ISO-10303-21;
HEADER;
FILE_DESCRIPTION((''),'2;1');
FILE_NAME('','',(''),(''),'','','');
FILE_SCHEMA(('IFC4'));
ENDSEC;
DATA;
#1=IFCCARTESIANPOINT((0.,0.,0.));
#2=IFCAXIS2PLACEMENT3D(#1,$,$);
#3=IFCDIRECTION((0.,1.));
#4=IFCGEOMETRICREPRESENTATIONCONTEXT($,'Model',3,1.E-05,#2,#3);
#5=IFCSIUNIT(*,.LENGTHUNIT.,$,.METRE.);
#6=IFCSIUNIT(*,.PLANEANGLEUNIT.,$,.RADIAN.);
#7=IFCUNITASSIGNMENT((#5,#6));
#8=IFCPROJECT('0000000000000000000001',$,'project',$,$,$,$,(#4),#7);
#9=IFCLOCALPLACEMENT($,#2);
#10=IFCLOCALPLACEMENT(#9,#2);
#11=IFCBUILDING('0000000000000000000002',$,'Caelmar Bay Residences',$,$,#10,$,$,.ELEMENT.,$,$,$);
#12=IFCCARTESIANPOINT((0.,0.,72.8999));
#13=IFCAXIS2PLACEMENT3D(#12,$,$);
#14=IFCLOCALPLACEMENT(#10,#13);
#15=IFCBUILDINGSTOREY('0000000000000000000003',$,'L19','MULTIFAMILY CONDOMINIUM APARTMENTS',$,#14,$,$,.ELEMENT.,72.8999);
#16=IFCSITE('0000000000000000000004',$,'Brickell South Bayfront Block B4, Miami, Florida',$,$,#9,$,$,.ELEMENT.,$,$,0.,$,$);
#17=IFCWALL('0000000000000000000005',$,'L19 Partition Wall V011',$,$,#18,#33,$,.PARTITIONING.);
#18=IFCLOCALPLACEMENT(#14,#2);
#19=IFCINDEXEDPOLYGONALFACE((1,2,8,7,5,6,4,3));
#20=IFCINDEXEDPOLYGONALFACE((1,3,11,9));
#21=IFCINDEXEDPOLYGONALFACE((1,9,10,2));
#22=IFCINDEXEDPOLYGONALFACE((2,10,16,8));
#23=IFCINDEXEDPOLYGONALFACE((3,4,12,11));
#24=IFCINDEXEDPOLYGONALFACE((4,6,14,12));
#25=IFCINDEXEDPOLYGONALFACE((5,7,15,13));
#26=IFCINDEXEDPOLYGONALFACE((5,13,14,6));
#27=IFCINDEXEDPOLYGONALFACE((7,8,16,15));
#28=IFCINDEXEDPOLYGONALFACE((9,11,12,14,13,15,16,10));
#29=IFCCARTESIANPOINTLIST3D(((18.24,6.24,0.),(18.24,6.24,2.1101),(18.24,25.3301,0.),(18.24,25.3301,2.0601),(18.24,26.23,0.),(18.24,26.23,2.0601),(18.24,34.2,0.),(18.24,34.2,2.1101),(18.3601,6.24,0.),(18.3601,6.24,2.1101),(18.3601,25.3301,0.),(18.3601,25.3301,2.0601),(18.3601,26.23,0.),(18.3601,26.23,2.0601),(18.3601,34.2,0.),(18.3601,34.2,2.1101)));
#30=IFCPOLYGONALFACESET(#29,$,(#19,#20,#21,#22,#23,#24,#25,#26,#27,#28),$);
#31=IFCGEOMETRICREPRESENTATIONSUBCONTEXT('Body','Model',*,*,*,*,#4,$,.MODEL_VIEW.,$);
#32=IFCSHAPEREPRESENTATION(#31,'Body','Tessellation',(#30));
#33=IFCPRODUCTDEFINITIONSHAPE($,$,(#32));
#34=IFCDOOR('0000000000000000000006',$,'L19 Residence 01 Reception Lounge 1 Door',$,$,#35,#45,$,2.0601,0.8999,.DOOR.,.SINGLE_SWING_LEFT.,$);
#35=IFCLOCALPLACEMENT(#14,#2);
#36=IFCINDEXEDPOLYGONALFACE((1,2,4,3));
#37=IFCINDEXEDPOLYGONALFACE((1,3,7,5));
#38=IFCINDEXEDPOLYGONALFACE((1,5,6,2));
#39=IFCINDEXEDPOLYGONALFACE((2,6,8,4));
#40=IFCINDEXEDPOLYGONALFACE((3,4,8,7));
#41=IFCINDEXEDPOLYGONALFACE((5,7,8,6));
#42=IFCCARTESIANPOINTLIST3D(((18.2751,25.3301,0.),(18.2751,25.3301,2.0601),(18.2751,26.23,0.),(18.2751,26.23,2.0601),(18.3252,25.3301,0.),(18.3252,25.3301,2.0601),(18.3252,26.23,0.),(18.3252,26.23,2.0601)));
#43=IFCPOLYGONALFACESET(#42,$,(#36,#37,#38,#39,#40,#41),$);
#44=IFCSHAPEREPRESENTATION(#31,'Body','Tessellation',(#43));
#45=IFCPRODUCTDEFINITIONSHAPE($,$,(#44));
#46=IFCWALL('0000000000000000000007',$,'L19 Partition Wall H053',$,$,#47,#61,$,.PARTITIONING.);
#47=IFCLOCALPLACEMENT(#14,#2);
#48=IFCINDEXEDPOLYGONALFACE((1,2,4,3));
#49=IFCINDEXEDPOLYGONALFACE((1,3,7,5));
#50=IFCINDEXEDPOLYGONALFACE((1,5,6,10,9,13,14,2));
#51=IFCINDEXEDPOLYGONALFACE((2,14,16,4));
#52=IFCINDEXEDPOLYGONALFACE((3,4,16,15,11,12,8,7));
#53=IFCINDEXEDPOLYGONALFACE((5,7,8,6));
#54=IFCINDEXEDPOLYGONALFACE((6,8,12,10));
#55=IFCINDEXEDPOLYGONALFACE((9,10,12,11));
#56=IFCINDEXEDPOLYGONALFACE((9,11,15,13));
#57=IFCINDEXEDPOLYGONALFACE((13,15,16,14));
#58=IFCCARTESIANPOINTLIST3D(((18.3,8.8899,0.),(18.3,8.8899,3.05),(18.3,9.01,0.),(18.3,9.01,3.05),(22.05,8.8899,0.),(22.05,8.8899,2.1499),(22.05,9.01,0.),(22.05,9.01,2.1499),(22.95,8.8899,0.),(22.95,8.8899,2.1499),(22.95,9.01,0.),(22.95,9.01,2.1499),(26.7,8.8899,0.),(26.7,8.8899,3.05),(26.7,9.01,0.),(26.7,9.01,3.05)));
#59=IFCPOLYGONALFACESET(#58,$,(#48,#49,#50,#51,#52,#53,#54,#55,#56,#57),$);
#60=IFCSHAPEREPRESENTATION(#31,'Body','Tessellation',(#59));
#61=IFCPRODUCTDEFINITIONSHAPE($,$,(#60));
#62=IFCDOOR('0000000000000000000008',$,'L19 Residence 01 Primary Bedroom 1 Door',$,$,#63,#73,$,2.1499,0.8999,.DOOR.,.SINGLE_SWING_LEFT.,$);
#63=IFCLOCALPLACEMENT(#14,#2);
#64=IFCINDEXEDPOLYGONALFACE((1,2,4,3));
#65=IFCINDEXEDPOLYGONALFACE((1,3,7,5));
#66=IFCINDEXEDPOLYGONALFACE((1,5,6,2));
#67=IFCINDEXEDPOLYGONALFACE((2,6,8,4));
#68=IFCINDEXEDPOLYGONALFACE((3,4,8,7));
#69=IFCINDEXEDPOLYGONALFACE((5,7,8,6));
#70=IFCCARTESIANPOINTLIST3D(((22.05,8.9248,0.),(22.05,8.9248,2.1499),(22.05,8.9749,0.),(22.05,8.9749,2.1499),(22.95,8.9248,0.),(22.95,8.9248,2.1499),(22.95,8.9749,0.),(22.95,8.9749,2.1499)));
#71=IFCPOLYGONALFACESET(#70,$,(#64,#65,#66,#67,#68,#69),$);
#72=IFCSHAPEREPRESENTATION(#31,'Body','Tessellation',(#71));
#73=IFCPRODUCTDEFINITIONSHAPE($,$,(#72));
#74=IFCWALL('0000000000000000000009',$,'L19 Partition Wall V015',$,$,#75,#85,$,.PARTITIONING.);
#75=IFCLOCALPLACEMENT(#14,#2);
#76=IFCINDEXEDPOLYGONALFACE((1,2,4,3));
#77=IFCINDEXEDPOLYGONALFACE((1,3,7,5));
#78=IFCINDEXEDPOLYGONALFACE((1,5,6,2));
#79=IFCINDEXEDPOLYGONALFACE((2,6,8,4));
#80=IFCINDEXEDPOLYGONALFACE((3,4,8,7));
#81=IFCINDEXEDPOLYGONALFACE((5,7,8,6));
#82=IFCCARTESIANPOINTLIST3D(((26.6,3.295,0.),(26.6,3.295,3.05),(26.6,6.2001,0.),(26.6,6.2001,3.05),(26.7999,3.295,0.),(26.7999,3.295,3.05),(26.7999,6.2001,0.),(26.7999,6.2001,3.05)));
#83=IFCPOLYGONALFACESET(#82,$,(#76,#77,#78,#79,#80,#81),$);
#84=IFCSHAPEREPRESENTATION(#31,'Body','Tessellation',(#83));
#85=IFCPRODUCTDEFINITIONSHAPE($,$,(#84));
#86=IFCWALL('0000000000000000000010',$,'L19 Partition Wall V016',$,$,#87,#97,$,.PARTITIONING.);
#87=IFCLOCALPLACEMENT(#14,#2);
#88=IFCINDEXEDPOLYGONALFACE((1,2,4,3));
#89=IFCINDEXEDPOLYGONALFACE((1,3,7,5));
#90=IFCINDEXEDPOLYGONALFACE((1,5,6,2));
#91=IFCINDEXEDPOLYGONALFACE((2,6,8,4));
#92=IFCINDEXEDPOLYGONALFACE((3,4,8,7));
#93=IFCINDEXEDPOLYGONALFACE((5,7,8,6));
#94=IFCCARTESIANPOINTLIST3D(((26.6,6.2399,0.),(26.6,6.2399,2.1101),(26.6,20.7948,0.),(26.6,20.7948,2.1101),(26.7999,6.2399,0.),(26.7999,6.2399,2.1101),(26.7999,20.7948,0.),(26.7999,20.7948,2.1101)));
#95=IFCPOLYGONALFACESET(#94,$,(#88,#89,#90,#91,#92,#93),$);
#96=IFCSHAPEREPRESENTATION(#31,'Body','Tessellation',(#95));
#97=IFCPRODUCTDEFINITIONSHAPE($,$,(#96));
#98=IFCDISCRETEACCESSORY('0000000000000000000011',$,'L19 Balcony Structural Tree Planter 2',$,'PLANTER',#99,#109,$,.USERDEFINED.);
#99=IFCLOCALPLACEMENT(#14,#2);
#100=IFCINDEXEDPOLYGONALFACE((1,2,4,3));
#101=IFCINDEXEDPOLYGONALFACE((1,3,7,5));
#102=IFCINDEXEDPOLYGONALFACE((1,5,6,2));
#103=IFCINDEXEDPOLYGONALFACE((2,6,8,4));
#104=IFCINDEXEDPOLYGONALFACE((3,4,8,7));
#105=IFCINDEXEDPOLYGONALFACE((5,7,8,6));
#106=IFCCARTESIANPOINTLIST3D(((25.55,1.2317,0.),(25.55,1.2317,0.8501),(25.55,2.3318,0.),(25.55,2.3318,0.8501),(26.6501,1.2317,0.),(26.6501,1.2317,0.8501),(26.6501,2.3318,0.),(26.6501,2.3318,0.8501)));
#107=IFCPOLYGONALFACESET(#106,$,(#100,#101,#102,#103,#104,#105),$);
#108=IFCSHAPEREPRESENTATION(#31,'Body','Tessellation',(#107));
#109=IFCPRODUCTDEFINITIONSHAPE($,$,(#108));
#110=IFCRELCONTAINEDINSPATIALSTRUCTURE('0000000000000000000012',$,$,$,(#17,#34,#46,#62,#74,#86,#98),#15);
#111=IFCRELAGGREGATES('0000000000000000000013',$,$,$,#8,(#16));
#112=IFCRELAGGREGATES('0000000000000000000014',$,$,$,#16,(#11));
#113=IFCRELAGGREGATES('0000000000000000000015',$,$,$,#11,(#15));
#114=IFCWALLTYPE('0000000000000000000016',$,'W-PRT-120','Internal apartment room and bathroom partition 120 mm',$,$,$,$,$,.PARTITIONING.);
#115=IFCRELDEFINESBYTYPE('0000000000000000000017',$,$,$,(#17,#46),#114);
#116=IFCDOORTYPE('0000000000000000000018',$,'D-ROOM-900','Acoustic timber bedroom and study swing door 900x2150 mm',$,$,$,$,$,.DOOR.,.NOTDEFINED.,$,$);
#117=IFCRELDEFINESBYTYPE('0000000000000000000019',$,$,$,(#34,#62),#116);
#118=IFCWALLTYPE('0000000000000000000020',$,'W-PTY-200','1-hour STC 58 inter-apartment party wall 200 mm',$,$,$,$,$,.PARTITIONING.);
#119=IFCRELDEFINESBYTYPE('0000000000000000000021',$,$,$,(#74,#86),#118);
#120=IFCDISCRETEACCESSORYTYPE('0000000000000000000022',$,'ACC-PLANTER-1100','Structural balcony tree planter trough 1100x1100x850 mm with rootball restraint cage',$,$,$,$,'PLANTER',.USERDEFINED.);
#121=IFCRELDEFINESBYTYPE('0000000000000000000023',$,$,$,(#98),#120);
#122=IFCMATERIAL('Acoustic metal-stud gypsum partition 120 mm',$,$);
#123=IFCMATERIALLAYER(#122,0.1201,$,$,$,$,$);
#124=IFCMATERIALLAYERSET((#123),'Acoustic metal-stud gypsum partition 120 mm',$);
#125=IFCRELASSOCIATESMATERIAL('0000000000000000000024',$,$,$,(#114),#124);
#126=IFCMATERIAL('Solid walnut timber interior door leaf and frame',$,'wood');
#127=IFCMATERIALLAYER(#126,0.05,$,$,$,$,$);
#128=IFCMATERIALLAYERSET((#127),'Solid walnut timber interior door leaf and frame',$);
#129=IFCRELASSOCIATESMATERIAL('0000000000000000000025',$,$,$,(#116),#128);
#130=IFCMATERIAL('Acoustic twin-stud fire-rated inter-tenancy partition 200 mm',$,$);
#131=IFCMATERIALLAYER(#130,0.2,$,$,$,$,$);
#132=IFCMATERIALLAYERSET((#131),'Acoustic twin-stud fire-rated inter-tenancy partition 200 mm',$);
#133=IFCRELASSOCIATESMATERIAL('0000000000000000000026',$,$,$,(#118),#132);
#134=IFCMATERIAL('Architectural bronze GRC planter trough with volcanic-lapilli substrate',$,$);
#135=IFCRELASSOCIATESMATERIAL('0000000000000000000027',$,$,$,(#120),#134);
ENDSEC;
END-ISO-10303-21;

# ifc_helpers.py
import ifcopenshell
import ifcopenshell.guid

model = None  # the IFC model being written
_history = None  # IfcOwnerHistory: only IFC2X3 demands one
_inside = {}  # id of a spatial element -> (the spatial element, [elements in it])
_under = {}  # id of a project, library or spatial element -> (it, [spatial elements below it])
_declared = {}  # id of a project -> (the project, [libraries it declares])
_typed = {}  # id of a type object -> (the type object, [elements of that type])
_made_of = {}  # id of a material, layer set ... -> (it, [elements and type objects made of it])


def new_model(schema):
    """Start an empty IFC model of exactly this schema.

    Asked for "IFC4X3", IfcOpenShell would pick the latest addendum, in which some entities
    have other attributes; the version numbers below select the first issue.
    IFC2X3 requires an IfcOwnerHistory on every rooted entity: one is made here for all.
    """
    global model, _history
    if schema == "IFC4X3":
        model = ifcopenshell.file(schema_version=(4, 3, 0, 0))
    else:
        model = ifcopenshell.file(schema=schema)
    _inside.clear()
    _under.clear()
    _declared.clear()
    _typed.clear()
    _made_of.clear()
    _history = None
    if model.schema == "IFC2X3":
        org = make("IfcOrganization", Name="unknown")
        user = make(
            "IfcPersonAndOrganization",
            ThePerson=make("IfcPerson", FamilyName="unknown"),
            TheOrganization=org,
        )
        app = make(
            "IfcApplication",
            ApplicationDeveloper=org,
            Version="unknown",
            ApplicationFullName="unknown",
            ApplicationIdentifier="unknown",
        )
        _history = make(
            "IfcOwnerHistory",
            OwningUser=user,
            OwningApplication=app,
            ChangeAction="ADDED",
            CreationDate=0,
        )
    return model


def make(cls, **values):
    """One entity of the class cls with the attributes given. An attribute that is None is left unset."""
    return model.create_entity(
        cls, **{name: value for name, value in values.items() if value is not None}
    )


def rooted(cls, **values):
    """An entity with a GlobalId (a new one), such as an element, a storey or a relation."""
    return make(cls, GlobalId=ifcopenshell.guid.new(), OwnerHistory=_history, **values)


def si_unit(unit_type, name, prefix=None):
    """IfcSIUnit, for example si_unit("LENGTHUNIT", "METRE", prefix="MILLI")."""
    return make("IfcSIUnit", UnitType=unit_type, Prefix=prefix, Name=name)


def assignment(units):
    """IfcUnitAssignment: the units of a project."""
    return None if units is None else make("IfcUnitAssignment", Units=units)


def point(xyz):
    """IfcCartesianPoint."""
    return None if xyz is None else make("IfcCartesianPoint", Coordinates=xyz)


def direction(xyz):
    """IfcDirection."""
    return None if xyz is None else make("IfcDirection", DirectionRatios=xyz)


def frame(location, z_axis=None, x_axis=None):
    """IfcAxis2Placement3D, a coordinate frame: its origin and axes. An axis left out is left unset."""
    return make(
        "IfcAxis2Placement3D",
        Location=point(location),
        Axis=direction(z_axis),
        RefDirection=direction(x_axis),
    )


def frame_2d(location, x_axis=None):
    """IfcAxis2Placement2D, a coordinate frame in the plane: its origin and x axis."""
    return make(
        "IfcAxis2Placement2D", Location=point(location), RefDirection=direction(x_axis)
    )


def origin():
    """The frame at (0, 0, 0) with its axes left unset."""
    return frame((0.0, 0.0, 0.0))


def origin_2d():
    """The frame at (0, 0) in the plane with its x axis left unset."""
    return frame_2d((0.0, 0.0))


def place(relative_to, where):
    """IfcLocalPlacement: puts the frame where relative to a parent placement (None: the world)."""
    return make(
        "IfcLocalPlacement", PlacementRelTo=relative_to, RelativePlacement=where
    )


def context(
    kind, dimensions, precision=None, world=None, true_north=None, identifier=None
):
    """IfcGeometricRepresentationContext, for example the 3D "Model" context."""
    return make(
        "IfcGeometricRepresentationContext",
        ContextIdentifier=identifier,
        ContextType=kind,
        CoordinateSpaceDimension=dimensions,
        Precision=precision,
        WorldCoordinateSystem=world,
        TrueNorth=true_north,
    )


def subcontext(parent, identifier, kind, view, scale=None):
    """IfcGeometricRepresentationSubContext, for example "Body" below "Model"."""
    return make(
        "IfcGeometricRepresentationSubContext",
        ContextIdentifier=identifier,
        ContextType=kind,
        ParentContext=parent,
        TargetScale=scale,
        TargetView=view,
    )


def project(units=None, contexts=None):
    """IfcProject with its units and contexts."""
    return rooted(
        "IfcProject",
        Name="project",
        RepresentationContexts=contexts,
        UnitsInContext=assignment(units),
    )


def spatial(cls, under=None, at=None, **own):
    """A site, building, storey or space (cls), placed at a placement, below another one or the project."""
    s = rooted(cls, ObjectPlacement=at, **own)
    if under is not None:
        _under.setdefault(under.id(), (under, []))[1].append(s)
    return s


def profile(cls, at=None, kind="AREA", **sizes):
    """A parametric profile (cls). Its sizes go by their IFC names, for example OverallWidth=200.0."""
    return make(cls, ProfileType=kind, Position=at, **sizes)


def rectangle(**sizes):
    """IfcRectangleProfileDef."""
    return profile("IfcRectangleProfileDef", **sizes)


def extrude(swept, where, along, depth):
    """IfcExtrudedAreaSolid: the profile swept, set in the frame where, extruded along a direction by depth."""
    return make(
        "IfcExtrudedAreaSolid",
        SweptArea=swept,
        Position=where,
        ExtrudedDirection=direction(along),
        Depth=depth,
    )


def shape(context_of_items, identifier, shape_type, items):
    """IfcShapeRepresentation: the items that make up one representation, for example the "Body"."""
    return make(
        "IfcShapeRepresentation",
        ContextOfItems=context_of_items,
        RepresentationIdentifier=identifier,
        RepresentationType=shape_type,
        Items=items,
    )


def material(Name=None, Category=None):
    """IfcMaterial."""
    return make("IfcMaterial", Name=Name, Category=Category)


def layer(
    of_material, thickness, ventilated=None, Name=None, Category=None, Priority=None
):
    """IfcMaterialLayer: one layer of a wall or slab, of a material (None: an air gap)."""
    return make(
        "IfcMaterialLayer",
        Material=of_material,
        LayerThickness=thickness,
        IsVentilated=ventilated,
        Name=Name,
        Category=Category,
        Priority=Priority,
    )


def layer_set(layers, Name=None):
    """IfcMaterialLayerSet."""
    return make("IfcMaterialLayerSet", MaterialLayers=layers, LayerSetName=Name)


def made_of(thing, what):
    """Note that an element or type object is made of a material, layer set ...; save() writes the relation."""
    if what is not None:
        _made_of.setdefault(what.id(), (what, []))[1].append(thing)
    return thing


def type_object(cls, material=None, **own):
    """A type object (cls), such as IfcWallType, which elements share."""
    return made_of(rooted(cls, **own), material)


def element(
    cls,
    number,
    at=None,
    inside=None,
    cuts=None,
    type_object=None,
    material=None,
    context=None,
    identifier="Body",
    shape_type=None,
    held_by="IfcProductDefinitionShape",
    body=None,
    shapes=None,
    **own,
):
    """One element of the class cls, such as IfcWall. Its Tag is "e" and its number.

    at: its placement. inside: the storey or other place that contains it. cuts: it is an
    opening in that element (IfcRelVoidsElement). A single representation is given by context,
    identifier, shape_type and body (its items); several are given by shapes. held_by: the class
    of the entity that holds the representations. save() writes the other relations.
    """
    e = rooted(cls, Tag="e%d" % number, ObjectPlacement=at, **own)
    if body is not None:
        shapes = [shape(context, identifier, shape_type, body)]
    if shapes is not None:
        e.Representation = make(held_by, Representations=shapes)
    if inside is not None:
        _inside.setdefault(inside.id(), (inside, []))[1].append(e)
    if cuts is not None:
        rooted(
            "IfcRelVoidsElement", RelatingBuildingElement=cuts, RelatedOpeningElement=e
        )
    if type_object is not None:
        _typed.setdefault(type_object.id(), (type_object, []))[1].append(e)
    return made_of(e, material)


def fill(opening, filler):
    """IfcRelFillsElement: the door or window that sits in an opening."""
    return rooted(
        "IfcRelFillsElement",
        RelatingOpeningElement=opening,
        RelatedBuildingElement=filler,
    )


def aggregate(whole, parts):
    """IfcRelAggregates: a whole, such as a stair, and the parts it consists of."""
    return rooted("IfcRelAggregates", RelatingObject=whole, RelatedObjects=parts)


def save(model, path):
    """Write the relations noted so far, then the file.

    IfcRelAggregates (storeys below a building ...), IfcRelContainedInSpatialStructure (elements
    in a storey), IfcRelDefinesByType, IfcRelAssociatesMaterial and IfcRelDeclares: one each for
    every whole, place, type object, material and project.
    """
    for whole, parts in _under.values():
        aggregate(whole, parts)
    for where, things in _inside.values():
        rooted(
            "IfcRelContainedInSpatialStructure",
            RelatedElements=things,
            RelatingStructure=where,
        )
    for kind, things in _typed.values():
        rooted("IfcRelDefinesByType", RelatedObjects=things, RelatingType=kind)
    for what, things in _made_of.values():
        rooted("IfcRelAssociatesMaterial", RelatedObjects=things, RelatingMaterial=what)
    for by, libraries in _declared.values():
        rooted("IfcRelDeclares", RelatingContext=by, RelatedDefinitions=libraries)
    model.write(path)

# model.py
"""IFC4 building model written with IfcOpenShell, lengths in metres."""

from ifc_helpers import new_model, si_unit, direction, frame, frame_2d, origin, origin_2d, place, context, subcontext, project, spatial, rectangle, extrude, material, layer, layer_set, type_object, element, fill, save


model = new_model("IFC4")

# Units and contexts
model_context = context("Model", 3, precision=1e-05, world=origin(), true_north=direction((0.0, 1.0)))
body_context = subcontext(model_context, "Body", "Model", "MODEL_VIEW")
ifc_project = project(units=[si_unit("LENGTHUNIT", "METRE"), si_unit("PLANEANGLEUNIT", "RADIAN")], contexts=[model_context])

# Site, building, storey
site_placement = place(None, origin())
site = spatial("IfcSite", under=ifc_project, at=site_placement, Name="Brickell South Bayfront Block B4, Miami, Florida", CompositionType="ELEMENT", RefElevation=0.0)
building_placement = place(site_placement, origin())
building = spatial("IfcBuilding", under=site, at=building_placement, Name="Caelmar Bay Residences", CompositionType="ELEMENT")
storey_placement = place(building_placement, frame((0.0, 0.0, 72.8999)))
storey = spatial("IfcBuildingStorey", under=building, at=storey_placement, Name="L19", Description="MULTIFAMILY CONDOMINIUM APARTMENTS", CompositionType="ELEMENT", Elevation=72.8999)

# Shared definitions
ifc_material_1 = material(Name="Acoustic metal-stud gypsum partition 120 mm")
ifc_layer_1 = layer(ifc_material_1, 0.1201)
ifc_layer_set_1 = layer_set([ifc_layer_1], Name="Acoustic metal-stud gypsum partition 120 mm")
wall_type_1 = type_object("IfcWallType", Name="W-PRT-120", Description="Internal apartment room and bathroom partition 120 mm", PredefinedType="PARTITIONING", material=ifc_layer_set_1)

# Walls, openings, doors
wall_1_placement = place(storey_placement, frame((18.3, 6.24, 0.0), z_axis=(0.0, 0.0, 1.0), x_axis=(0.0, 1.0, 0.0)))
wall_1 = element("IfcWall", 1, at=wall_1_placement, inside=storey, type_object=wall_type_1, Name="L19 Partition Wall V011", PredefinedType="PARTITIONING", context=body_context, shape_type="SweptSolid", body=[
    extrude(rectangle(XDim=27.96, YDim=0.1201, at=frame_2d((13.98, 0.0))), origin(), (0.0, 0.0, 1.0), 2.1101),
])
opening_1_placement = place(wall_1_placement, frame((19.0901, 0.0, 0.0)))
opening_1 = element("IfcOpeningElement", 2, at=opening_1_placement, cuts=wall_1, PredefinedType="OPENING", context=body_context, shape_type="SweptSolid", body=[
    extrude(rectangle(XDim=0.8999, YDim=2.0601, at=frame_2d((0.45, 1.03))), frame((0.0, 0.0701, 0.0), z_axis=(0.0, -1.0, 0.0), x_axis=(1.0, 0.0, 0.0)), (0.0, 0.0, 1.0), 0.1401),
])
ifc_material_2 = material(Name="Solid walnut timber interior door leaf and frame", Category="wood")
ifc_layer_2 = layer(ifc_material_2, 0.05)
ifc_layer_set_2 = layer_set([ifc_layer_2], Name="Solid walnut timber interior door leaf and frame")
door_type = type_object("IfcDoorType", Name="D-ROOM-900", Description="Acoustic timber bedroom and study swing door 900x2150 mm", OperationType="NOTDEFINED", PredefinedType="DOOR", material=ifc_layer_set_2)
door_1_placement = place(opening_1_placement, origin())
door_1 = element("IfcDoor", 3, at=door_1_placement, inside=storey, type_object=door_type, Name="L19 Residence 01 Reception Lounge 1 Door", OperationType="SINGLE_SWING_LEFT", OverallHeight=2.0601, OverallWidth=0.8999, PredefinedType="DOOR", context=body_context, shape_type="SweptSolid", body=[
    extrude(rectangle(XDim=0.8999, YDim=2.0601, at=frame_2d((0.45, 1.03))), frame((0.0, 0.0249, 0.0), z_axis=(0.0, -1.0, 0.0), x_axis=(1.0, 0.0, 0.0)), (0.0, 0.0, 1.0), 0.05),
])
fill(opening_1, door_1)
wall_2_placement = place(storey_placement, frame((18.3, 8.95, 0.0), z_axis=(0.0, 0.0, 1.0), x_axis=(1.0, 0.0, 0.0)))
wall_2 = element("IfcWall", 4, at=wall_2_placement, inside=storey, type_object=wall_type_1, Name="L19 Partition Wall H053", PredefinedType="PARTITIONING", context=body_context, shape_type="SweptSolid", body=[
    extrude(rectangle(XDim=8.3999, YDim=0.1201, at=frame_2d((4.2, 0.0))), origin(), (0.0, 0.0, 1.0), 3.05),
])
opening_2_placement = place(wall_2_placement, frame((3.75, 0.0, 0.0)))
opening_2 = element("IfcOpeningElement", 5, at=opening_2_placement, cuts=wall_2, PredefinedType="OPENING", context=body_context, shape_type="SweptSolid", body=[
    extrude(rectangle(XDim=0.8999, YDim=2.1499, at=frame_2d((0.45, 1.075))), frame((0.0, 0.0701, 0.0), z_axis=(0.0, -1.0, 0.0), x_axis=(1.0, 0.0, 0.0)), (0.0, 0.0, 1.0), 0.1401),
])
door_2_placement = place(opening_2_placement, origin())
door_2 = element("IfcDoor", 6, at=door_2_placement, inside=storey, type_object=door_type, Name="L19 Residence 01 Primary Bedroom 1 Door", OperationType="SINGLE_SWING_LEFT", OverallHeight=2.1499, OverallWidth=0.8999, PredefinedType="DOOR", context=body_context, shape_type="SweptSolid", body=[
    extrude(rectangle(XDim=0.8999, YDim=2.1499, at=frame_2d((0.45, 1.075))), frame((0.0, 0.0249, 0.0), z_axis=(0.0, -1.0, 0.0), x_axis=(1.0, 0.0, 0.0)), (0.0, 0.0, 1.0), 0.05),
])
fill(opening_2, door_2)

# Walls
ifc_material_3 = material(Name="Acoustic twin-stud fire-rated inter-tenancy partition 200 mm")
ifc_layer_3 = layer(ifc_material_3, 0.2)
ifc_layer_set_3 = layer_set([ifc_layer_3], Name="Acoustic twin-stud fire-rated inter-tenancy partition 200 mm")
wall_type_2 = type_object("IfcWallType", Name="W-PTY-200", Description="1-hour STC 58 inter-apartment party wall 200 mm", PredefinedType="PARTITIONING", material=ifc_layer_set_3)
wall_3_placement = place(storey_placement, frame((26.7, 3.2949, 0.0), z_axis=(0.0, 0.0, 1.0), x_axis=(0.0, 1.0, 0.0)))
element("IfcWall", 7, at=wall_3_placement, inside=storey, type_object=wall_type_2, Name="L19 Partition Wall V015", PredefinedType="PARTITIONING", context=body_context, shape_type="SweptSolid", body=[
    extrude(rectangle(XDim=2.905, YDim=0.2, at=frame_2d((1.4526, 0.0))), origin(), (0.0, 0.0, 1.0), 3.05),
])
wall_4_placement = place(storey_placement, frame((26.7, 6.24, 0.0), z_axis=(0.0, 0.0, 1.0), x_axis=(0.0, 1.0, 0.0)))
element("IfcWall", 8, at=wall_4_placement, inside=storey, type_object=wall_type_2, Name="L19 Partition Wall V016", PredefinedType="PARTITIONING", context=body_context, shape_type="SweptSolid", body=[
    extrude(rectangle(XDim=14.5549, YDim=0.2, at=frame_2d((7.2773, 0.0))), origin(), (0.0, 0.0, 1.0), 2.1101),
])

# Discrete accessory
ifc_material_4 = material(Name="Architectural bronze GRC planter trough with volcanic-lapilli substrate")
discrete_accessory_type = type_object("IfcDiscreteAccessoryType", Name="ACC-PLANTER-1100", Description="Structural balcony tree planter trough 1100x1100x850 mm with rootball restraint cage", ElementType="PLANTER", PredefinedType="USERDEFINED", material=ifc_material_4)
discrete_accessory_placement = place(storey_placement, frame((26.1001, 1.7817, 0.0), z_axis=(0.0, 0.0, 1.0), x_axis=(1.0, 0.0, 0.0)))
element("IfcDiscreteAccessory", 9, at=discrete_accessory_placement, inside=storey, type_object=discrete_accessory_type, Name="L19 Balcony Structural Tree Planter 2", ObjectType="PLANTER", PredefinedType="USERDEFINED", context=body_context, shape_type="SweptSolid", body=[
    extrude(rectangle(XDim=1.1001, YDim=1.1001, at=origin_2d()), origin(), (0.0, 0.0, 1.0), 0.8501),
])

save(model, "model.ifc")
